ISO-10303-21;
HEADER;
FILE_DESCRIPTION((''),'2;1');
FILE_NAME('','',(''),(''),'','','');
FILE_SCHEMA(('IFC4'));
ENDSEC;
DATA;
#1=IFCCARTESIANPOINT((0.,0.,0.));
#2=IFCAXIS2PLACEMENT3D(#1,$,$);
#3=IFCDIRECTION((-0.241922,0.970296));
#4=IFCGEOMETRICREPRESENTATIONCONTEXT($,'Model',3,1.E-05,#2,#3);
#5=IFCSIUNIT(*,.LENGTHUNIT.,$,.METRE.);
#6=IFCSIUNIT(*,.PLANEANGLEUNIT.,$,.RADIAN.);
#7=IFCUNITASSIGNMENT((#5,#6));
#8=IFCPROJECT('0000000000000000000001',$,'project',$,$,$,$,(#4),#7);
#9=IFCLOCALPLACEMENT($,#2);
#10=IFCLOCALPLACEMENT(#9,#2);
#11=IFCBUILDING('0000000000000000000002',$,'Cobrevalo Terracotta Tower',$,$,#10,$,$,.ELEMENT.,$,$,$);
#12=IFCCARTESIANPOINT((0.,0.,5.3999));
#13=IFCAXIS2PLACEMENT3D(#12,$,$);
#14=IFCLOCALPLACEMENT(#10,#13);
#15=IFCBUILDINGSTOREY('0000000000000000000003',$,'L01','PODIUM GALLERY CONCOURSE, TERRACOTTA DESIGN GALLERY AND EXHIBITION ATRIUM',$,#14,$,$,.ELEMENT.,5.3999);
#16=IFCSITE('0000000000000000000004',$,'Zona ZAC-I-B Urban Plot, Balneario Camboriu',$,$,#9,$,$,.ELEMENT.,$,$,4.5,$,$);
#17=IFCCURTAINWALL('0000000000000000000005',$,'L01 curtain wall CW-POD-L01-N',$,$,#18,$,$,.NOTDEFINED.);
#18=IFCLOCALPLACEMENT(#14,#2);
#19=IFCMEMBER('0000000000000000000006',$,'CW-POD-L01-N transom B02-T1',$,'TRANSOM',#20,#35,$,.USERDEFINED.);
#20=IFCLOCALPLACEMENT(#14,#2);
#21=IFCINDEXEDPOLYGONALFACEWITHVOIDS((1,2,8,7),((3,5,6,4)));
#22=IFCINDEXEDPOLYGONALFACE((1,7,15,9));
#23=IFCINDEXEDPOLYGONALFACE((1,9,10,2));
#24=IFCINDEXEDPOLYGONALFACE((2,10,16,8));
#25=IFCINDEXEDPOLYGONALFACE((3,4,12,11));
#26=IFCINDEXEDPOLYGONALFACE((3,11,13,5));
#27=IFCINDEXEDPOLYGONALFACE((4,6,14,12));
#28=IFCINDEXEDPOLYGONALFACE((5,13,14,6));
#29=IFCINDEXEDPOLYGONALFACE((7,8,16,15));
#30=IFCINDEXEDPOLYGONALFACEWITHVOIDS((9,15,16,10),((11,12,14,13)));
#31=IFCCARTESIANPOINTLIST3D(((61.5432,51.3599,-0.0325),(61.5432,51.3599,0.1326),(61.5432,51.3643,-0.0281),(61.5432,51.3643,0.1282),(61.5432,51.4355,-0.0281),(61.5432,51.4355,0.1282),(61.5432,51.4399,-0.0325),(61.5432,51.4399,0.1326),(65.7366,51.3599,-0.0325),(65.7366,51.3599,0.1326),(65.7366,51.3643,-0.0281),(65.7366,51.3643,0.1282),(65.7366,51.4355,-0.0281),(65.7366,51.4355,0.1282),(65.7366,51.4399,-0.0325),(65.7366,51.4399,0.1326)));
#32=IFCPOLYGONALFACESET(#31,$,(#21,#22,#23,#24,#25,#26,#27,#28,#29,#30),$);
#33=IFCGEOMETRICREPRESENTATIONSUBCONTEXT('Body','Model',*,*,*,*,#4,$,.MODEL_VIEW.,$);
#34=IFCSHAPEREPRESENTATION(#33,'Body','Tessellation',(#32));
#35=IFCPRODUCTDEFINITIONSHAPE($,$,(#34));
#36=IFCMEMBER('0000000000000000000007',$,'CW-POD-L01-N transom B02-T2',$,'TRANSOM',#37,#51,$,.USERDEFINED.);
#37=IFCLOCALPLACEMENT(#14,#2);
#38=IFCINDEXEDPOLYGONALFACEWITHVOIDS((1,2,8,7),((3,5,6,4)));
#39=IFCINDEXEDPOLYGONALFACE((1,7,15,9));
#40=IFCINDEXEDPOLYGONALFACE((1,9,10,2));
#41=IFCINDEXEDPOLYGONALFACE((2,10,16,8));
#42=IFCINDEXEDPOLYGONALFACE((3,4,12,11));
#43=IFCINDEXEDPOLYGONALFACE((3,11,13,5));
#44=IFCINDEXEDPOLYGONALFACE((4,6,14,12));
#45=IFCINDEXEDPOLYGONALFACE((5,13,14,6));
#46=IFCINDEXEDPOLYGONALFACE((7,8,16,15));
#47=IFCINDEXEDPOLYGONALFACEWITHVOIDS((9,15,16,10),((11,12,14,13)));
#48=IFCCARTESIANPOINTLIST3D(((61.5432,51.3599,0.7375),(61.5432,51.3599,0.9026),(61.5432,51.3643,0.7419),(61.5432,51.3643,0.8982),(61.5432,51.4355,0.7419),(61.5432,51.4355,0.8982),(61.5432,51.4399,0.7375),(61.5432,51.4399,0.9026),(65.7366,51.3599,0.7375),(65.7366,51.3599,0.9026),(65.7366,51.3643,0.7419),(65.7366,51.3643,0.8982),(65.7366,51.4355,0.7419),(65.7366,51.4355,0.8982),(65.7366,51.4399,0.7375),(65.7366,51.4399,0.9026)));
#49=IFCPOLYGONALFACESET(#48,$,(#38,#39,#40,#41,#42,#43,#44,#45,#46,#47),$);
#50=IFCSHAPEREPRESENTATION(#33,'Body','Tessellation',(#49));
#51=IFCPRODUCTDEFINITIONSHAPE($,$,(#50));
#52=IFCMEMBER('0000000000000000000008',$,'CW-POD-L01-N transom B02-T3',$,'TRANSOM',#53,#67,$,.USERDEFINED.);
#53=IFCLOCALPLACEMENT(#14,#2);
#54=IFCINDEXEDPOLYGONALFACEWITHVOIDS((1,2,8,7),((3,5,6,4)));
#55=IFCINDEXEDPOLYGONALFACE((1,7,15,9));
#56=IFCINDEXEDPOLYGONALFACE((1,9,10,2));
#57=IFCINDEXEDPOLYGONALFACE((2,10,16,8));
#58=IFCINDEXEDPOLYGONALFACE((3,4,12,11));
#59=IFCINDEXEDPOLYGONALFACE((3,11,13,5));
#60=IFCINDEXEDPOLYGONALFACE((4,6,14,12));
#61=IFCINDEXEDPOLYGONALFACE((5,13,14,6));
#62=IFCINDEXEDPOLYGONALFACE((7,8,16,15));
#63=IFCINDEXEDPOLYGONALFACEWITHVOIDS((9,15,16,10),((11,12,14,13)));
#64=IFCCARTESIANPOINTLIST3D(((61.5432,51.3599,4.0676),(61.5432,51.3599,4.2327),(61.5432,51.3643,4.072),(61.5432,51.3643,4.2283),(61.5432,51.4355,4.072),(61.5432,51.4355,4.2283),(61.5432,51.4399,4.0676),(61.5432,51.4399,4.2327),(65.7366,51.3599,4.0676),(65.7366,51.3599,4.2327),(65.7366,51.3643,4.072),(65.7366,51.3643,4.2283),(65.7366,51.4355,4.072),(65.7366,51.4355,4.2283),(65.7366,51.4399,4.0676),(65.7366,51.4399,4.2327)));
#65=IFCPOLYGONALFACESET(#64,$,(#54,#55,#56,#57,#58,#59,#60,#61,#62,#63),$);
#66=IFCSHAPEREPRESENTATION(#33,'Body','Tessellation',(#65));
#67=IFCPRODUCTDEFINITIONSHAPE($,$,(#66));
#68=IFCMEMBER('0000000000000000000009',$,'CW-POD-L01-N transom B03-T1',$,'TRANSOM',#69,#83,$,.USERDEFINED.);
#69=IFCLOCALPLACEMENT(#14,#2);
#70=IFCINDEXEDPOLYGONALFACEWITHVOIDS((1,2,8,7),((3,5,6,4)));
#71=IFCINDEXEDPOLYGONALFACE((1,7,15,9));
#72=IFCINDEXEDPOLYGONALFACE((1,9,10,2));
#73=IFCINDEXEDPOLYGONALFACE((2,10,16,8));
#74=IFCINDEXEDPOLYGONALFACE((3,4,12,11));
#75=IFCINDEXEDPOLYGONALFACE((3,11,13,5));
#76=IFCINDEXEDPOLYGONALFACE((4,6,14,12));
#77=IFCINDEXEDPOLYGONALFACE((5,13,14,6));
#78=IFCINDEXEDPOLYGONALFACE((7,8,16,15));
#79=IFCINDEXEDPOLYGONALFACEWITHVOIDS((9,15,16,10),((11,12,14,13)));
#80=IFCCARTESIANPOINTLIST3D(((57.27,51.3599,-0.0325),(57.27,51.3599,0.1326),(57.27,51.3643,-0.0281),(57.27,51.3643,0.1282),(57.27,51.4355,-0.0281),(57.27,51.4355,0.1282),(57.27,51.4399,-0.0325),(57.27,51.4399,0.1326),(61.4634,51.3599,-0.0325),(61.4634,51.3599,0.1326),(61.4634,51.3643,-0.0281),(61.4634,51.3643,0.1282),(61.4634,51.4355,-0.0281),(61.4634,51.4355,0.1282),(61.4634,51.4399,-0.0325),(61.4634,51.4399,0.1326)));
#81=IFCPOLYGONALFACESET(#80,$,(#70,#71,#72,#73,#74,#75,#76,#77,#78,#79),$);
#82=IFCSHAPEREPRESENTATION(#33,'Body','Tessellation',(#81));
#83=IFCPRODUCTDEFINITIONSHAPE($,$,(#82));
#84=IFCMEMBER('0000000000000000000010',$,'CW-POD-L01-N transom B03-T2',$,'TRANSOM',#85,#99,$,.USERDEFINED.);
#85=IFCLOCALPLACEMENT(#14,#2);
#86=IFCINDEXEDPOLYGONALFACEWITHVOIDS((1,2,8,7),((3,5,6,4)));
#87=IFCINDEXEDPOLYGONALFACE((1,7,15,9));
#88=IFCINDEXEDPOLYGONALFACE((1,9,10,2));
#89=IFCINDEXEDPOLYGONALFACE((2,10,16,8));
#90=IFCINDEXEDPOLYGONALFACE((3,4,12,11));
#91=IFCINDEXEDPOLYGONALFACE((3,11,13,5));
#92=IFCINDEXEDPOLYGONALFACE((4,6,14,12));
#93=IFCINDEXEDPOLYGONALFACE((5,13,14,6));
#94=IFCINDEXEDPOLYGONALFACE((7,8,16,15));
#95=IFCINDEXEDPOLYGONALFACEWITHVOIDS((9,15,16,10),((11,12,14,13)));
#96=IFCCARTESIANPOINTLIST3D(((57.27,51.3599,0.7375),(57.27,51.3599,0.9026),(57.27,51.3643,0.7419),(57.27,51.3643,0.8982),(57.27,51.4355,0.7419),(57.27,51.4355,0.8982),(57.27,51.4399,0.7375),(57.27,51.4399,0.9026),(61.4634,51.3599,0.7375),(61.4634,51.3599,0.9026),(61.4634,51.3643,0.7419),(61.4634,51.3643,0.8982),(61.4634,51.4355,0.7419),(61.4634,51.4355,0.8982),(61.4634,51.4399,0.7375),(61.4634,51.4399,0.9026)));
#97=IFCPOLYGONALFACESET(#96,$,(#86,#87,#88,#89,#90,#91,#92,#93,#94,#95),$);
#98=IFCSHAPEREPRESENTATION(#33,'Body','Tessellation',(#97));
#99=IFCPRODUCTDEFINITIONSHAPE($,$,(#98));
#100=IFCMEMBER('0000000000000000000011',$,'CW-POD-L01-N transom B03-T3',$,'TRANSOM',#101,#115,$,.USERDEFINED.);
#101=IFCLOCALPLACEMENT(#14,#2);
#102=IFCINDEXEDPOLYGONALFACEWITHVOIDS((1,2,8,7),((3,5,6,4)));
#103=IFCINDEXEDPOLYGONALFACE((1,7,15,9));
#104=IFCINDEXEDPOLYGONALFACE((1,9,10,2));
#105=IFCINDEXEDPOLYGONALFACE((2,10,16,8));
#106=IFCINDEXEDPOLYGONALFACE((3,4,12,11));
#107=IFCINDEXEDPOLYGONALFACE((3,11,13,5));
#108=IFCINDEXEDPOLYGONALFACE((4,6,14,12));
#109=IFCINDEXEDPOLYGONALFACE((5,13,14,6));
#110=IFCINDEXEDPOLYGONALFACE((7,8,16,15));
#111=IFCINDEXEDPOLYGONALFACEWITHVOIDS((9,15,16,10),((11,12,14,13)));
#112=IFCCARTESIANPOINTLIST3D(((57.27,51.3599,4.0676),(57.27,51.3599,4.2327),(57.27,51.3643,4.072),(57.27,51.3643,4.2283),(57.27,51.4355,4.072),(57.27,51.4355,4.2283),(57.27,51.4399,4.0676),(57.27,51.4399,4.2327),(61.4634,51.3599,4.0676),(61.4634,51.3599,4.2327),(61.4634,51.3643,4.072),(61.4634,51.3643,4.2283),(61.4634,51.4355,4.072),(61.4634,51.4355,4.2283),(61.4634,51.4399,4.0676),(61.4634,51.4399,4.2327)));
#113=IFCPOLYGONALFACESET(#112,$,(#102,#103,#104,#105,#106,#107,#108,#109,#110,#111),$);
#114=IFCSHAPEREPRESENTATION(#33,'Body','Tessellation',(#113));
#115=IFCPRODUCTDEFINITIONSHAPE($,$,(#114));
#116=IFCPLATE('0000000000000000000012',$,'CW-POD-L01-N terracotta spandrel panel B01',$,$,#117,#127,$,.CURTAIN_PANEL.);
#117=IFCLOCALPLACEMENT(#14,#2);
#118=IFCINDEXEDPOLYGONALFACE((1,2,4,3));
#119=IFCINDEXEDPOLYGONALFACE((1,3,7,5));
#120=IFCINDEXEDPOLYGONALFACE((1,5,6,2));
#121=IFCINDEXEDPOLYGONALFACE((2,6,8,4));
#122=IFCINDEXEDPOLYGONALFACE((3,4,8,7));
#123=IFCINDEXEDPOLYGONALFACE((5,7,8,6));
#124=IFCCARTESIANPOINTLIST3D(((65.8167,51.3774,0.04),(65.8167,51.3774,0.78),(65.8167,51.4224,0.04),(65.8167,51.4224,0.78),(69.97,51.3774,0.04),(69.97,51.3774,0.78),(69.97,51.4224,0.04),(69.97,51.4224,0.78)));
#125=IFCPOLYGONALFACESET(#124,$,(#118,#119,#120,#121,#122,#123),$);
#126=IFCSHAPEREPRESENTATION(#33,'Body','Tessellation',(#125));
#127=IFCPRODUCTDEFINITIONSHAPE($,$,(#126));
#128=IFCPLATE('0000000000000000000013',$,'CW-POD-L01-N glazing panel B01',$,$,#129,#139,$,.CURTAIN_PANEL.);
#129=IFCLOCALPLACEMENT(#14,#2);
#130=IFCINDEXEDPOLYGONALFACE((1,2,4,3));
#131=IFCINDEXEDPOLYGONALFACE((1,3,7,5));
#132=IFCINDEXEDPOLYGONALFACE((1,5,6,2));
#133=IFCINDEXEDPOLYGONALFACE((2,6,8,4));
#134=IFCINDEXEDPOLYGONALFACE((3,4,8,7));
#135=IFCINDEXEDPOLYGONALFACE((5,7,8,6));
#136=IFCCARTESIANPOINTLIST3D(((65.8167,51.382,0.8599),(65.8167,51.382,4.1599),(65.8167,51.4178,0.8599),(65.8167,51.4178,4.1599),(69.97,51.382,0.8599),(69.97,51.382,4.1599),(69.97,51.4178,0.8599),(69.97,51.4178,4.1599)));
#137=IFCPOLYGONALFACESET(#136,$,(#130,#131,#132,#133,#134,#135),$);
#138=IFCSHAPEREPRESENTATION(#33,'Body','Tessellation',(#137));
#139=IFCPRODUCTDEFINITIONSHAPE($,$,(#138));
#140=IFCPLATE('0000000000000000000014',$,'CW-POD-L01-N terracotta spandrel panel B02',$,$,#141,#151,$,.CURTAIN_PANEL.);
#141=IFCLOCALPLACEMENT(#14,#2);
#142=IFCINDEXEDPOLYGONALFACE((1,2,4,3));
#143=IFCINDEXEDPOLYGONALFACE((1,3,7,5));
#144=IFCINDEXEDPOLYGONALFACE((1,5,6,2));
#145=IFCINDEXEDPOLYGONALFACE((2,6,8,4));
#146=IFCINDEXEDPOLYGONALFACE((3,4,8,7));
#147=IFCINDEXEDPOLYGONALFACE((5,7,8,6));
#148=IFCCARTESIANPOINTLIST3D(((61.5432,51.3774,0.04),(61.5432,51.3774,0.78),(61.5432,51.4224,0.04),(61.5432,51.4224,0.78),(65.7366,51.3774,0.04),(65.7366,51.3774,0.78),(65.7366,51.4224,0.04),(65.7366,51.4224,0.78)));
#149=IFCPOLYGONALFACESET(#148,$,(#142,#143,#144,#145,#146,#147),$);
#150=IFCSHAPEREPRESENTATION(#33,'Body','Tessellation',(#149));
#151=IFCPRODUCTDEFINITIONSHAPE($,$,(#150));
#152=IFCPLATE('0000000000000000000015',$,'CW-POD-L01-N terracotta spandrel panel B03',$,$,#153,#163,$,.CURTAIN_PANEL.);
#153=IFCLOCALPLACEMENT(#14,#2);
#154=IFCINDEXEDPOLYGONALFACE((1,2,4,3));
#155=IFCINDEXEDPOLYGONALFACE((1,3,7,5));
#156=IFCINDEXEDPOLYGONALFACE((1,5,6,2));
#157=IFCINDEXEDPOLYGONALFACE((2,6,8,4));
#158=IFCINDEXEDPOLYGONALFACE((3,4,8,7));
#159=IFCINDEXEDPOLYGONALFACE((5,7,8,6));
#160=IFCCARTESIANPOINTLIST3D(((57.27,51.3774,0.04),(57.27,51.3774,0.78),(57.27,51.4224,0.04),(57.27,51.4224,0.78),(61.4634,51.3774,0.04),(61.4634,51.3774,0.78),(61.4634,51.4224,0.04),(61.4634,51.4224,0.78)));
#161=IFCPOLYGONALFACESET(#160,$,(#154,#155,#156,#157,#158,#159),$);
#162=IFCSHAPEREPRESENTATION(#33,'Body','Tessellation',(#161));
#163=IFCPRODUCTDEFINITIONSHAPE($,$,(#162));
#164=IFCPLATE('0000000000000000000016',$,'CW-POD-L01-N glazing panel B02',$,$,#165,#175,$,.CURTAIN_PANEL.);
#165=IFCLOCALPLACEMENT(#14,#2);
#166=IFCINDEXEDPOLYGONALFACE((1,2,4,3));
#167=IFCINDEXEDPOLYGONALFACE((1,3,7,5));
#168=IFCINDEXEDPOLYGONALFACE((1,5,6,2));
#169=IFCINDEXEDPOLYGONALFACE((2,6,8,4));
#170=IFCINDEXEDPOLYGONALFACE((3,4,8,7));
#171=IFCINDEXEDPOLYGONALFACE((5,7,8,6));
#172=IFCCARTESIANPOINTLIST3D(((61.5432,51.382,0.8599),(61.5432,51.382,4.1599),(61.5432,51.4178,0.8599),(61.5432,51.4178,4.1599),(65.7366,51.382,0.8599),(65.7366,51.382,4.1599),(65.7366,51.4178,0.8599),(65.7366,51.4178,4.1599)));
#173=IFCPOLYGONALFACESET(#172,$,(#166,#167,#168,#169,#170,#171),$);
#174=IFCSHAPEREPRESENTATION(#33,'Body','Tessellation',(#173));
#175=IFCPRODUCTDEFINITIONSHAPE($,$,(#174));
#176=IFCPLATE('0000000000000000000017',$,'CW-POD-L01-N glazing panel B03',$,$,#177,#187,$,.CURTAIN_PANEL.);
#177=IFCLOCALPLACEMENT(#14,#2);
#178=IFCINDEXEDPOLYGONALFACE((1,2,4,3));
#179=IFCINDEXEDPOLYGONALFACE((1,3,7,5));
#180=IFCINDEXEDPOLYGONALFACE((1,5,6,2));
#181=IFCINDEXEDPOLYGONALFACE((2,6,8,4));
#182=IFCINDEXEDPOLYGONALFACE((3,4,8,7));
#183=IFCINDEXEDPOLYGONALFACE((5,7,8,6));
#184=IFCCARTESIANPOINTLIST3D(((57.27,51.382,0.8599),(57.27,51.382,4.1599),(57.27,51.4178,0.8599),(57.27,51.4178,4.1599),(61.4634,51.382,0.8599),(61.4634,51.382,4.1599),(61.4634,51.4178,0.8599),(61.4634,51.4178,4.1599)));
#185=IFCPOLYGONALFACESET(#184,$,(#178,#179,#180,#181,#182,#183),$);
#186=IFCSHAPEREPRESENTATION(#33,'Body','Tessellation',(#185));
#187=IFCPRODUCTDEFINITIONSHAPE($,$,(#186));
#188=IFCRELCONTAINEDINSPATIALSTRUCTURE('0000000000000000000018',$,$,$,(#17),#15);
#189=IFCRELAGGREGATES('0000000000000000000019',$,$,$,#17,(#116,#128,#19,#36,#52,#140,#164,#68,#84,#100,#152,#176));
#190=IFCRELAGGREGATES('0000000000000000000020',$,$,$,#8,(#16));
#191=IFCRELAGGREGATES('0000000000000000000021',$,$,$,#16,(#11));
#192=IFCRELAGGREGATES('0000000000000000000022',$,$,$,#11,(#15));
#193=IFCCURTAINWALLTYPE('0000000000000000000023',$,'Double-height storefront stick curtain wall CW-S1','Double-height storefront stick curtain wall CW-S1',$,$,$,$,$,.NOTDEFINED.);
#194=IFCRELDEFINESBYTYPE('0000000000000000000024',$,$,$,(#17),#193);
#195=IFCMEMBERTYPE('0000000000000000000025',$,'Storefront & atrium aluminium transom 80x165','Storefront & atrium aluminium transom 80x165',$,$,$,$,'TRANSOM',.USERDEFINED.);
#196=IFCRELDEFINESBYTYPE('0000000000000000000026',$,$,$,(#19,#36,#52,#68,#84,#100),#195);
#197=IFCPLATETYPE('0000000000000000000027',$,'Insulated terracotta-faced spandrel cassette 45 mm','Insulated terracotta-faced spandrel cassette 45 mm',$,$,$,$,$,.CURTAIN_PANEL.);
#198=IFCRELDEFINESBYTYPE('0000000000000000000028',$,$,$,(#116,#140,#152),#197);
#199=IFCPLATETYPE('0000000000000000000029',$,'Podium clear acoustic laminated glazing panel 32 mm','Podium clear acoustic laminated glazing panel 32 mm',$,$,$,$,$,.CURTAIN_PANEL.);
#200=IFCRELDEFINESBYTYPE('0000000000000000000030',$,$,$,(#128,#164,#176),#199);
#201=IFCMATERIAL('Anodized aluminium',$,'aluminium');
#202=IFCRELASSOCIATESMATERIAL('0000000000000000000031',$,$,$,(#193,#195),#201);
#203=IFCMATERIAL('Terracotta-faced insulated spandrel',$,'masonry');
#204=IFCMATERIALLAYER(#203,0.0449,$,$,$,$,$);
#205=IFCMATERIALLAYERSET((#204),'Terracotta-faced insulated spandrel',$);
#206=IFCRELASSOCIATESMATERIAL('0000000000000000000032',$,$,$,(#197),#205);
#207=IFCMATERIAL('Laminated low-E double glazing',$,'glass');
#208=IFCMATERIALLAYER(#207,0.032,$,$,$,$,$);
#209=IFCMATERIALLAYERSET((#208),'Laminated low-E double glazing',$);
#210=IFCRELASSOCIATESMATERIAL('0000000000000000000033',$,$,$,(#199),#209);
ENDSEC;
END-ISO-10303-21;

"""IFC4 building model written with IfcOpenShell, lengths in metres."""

from ifc_helpers import new_model, si_unit, direction, frame, origin, origin_2d, place, context, subcontext, project, spatial, rectangle, hollow_rectangle, extrude, source, transform, mapped, material, layer, layer_set, material_profile, profile_set, type_object, element, aggregate, save


model = new_model("IFC4")

# Units and contexts
model_context = context("Model", 3, precision=1e-05, world=origin(), true_north=direction((-0.241922, 0.970296)))
body_context = subcontext(model_context, "Body", "Model", "MODEL_VIEW")
ifc_project = project(units=[si_unit("LENGTHUNIT", "METRE"), si_unit("PLANEANGLEUNIT", "RADIAN")], contexts=[model_context])

# Site, building, storey
site_placement = place(None, origin())
site = spatial("IfcSite", under=ifc_project, at=site_placement, Name="Zona ZAC-I-B Urban Plot, Balneario Camboriu", CompositionType="ELEMENT", RefElevation=4.5)
building_placement = place(site_placement, origin())
building = spatial("IfcBuilding", under=site, at=building_placement, Name="Cobrevalo Terracotta Tower", CompositionType="ELEMENT")
storey_placement = place(building_placement, frame((0.0, 0.0, 5.3999)))
storey = spatial("IfcBuildingStorey", under=building, at=storey_placement, Name="L01", Description="PODIUM GALLERY CONCOURSE, TERRACOTTA DESIGN GALLERY AND EXHIBITION ATRIUM", CompositionType="ELEMENT", Elevation=5.3999)

# Curtain wall, members, plates
ifc_material_1 = material(Name="Anodized aluminium", Category="aluminium")
curtain_wall_type = type_object("IfcCurtainWallType", Name="Double-height storefront stick curtain wall CW-S1", Description="Double-height storefront stick curtain wall CW-S1", PredefinedType="NOTDEFINED", material=ifc_material_1)
curtain_wall_placement = place(storey_placement, origin())
curtain_wall = element("IfcCurtainWall", 1, at=curtain_wall_placement, inside=storey, type_object=curtain_wall_type, Name="L01 curtain wall CW-POD-L01-N", PredefinedType="NOTDEFINED")
ifc_material_profile_1 = material_profile(ifc_material_1, hollow_rectangle(XDim=0.0801, YDim=0.165, WallThickness=0.0044, at=origin_2d()), Name="CWT 80x165")
ifc_profile_set_1 = profile_set([ifc_material_profile_1], Name="Anodized aluminium")
member_type_1 = type_object("IfcMemberType", Name="Storefront & atrium aluminium transom 80x165", Description="Storefront & atrium aluminium transom 80x165", ElementType="TRANSOM", PredefinedType="USERDEFINED", material=ifc_profile_set_1)
shared_shape_1 = source(origin(), body_context, "Body", "SweptSolid", [
    extrude(hollow_rectangle(XDim=0.0801, YDim=0.165, WallThickness=0.0044, at=origin_2d()), origin(), (0.0, 0.0, 1.0), 4.1934),
])
member_1_placement = place(storey_placement, frame((65.7366, 51.3999, 0.05), z_axis=(-1.0, 0.0, 0.0), x_axis=(0.0, -1.0, 0.0)))
member_1 = element("IfcMember", 2, at=member_1_placement, type_object=member_type_1, Name="CW-POD-L01-N transom B02-T1", ObjectType="TRANSOM", PredefinedType="USERDEFINED", context=body_context, shape_type="MappedRepresentation", body=[
    mapped(shared_shape_1, transform((0.0, 0.0, 0.0), scale=1.0)),
])
member_2_placement = place(storey_placement, frame((65.7366, 51.3999, 0.8201), z_axis=(-1.0, 0.0, 0.0), x_axis=(0.0, -1.0, 0.0)))
member_2 = element("IfcMember", 3, at=member_2_placement, type_object=member_type_1, Name="CW-POD-L01-N transom B02-T2", ObjectType="TRANSOM", PredefinedType="USERDEFINED", context=body_context, shape_type="MappedRepresentation", body=[
    mapped(shared_shape_1, transform((0.0, 0.0, 0.0), scale=1.0)),
])
member_3_placement = place(storey_placement, frame((65.7366, 51.3999, 4.1501), z_axis=(-1.0, 0.0, 0.0), x_axis=(0.0, -1.0, 0.0)))
member_3 = element("IfcMember", 4, at=member_3_placement, type_object=member_type_1, Name="CW-POD-L01-N transom B02-T3", ObjectType="TRANSOM", PredefinedType="USERDEFINED", context=body_context, shape_type="MappedRepresentation", body=[
    mapped(shared_shape_1, transform((0.0, 0.0, 0.0), scale=1.0)),
])
member_4_placement = place(storey_placement, frame((61.4634, 51.3999, 0.05), z_axis=(-1.0, 0.0, 0.0), x_axis=(0.0, -1.0, 0.0)))
member_4 = element("IfcMember", 5, at=member_4_placement, type_object=member_type_1, Name="CW-POD-L01-N transom B03-T1", ObjectType="TRANSOM", PredefinedType="USERDEFINED", context=body_context, shape_type="MappedRepresentation", body=[
    mapped(shared_shape_1, transform((0.0, 0.0, 0.0), scale=1.0)),
])
member_5_placement = place(storey_placement, frame((61.4634, 51.3999, 0.8201), z_axis=(-1.0, 0.0, 0.0), x_axis=(0.0, -1.0, 0.0)))
member_5 = element("IfcMember", 6, at=member_5_placement, type_object=member_type_1, Name="CW-POD-L01-N transom B03-T2", ObjectType="TRANSOM", PredefinedType="USERDEFINED", context=body_context, shape_type="MappedRepresentation", body=[
    mapped(shared_shape_1, transform((0.0, 0.0, 0.0), scale=1.0)),
])
member_6_placement = place(storey_placement, frame((61.4634, 51.3999, 4.1501), z_axis=(-1.0, 0.0, 0.0), x_axis=(0.0, -1.0, 0.0)))
member_6 = element("IfcMember", 7, at=member_6_placement, type_object=member_type_1, Name="CW-POD-L01-N transom B03-T3", ObjectType="TRANSOM", PredefinedType="USERDEFINED", context=body_context, shape_type="MappedRepresentation", body=[
    mapped(shared_shape_1, transform((0.0, 0.0, 0.0), scale=1.0)),
])
ifc_material_2 = material(Name="Terracotta-faced insulated spandrel", Category="masonry")
ifc_layer_1 = layer(ifc_material_2, 0.0449)
ifc_layer_set_1 = layer_set([ifc_layer_1], Name="Terracotta-faced insulated spandrel")
plate_type_1 = type_object("IfcPlateType", Name="Insulated terracotta-faced spandrel cassette 45 mm", Description="Insulated terracotta-faced spandrel cassette 45 mm", PredefinedType="CURTAIN_PANEL", material=ifc_layer_set_1)
shared_shape_2 = source(origin(), body_context, "Body", "SweptSolid", [
    extrude(rectangle(XDim=4.1533, YDim=0.0449, at=origin_2d()), origin(), (0.0, 0.0, 1.0), 0.74),
])
plate_1_placement = place(storey_placement, frame((67.8933, 51.3999, 0.04), z_axis=(0.0, 0.0, 1.0), x_axis=(-1.0, 0.0, 0.0)))
plate_1 = element("IfcPlate", 8, at=plate_1_placement, type_object=plate_type_1, Name="CW-POD-L01-N terracotta spandrel panel B01", PredefinedType="CURTAIN_PANEL", context=body_context, shape_type="MappedRepresentation", body=[
    mapped(shared_shape_2, transform((0.0, 0.0, 0.0), scale=1.0)),
])
ifc_material_3 = material(Name="Laminated low-E double glazing", Category="glass")
ifc_layer_2 = layer(ifc_material_3, 0.032)
ifc_layer_set_2 = layer_set([ifc_layer_2], Name="Laminated low-E double glazing")
plate_type_2 = type_object("IfcPlateType", Name="Podium clear acoustic laminated glazing panel 32 mm", Description="Podium clear acoustic laminated glazing panel 32 mm", PredefinedType="CURTAIN_PANEL", material=ifc_layer_set_2)
shared_shape_3 = source(origin(), body_context, "Body", "SweptSolid", [
    extrude(rectangle(XDim=4.1533, YDim=0.0359, at=origin_2d()), origin(), (0.0, 0.0, 1.0), 3.3),
])
plate_2_placement = place(storey_placement, frame((67.8933, 51.3999, 0.8599), z_axis=(0.0, 0.0, 1.0), x_axis=(-1.0, 0.0, 0.0)))
plate_2 = element("IfcPlate", 9, at=plate_2_placement, type_object=plate_type_2, Name="CW-POD-L01-N glazing panel B01", PredefinedType="CURTAIN_PANEL", context=body_context, shape_type="MappedRepresentation", body=[
    mapped(shared_shape_3, transform((0.0, 0.0, 0.0), scale=1.0)),
])
shared_shape_4 = source(origin(), body_context, "Body", "SweptSolid", [
    extrude(rectangle(XDim=4.1934, YDim=0.0449, at=origin_2d()), origin(), (0.0, 0.0, 1.0), 0.74),
])
plate_3_placement = place(storey_placement, frame((63.6399, 51.3999, 0.04), z_axis=(0.0, 0.0, 1.0), x_axis=(-1.0, 0.0, 0.0)))
plate_3 = element("IfcPlate", 10, at=plate_3_placement, type_object=plate_type_1, Name="CW-POD-L01-N terracotta spandrel panel B02", PredefinedType="CURTAIN_PANEL", context=body_context, shape_type="MappedRepresentation", body=[
    mapped(shared_shape_4, transform((0.0, 0.0, 0.0), scale=1.0)),
])
plate_4_placement = place(storey_placement, frame((59.3667, 51.3999, 0.04), z_axis=(0.0, 0.0, 1.0), x_axis=(-1.0, 0.0, 0.0)))
plate_4 = element("IfcPlate", 11, at=plate_4_placement, type_object=plate_type_1, Name="CW-POD-L01-N terracotta spandrel panel B03", PredefinedType="CURTAIN_PANEL", context=body_context, shape_type="MappedRepresentation", body=[
    mapped(shared_shape_4, transform((0.0, 0.0, 0.0), scale=1.0)),
])
shared_shape_5 = source(origin(), body_context, "Body", "SweptSolid", [
    extrude(rectangle(XDim=4.1934, YDim=0.0359, at=origin_2d()), origin(), (0.0, 0.0, 1.0), 3.3),
])
plate_5_placement = place(storey_placement, frame((63.6399, 51.3999, 0.8599), z_axis=(0.0, 0.0, 1.0), x_axis=(-1.0, 0.0, 0.0)))
plate_5 = element("IfcPlate", 12, at=plate_5_placement, type_object=plate_type_2, Name="CW-POD-L01-N glazing panel B02", PredefinedType="CURTAIN_PANEL", context=body_context, shape_type="MappedRepresentation", body=[
    mapped(shared_shape_5, transform((0.0, 0.0, 0.0), scale=1.0)),
])
plate_6_placement = place(storey_placement, frame((59.3667, 51.3999, 0.8599), z_axis=(0.0, 0.0, 1.0), x_axis=(-1.0, 0.0, 0.0)))
plate_6 = element("IfcPlate", 13, at=plate_6_placement, type_object=plate_type_2, Name="CW-POD-L01-N glazing panel B03", PredefinedType="CURTAIN_PANEL", context=body_context, shape_type="MappedRepresentation", body=[
    mapped(shared_shape_5, transform((0.0, 0.0, 0.0), scale=1.0)),
])
aggregate(curtain_wall, [plate_1, plate_2, member_1, member_2, member_3, plate_3, plate_5, member_4, member_5, member_6, plate_4, plate_6])

save(model, "model.ifc")
